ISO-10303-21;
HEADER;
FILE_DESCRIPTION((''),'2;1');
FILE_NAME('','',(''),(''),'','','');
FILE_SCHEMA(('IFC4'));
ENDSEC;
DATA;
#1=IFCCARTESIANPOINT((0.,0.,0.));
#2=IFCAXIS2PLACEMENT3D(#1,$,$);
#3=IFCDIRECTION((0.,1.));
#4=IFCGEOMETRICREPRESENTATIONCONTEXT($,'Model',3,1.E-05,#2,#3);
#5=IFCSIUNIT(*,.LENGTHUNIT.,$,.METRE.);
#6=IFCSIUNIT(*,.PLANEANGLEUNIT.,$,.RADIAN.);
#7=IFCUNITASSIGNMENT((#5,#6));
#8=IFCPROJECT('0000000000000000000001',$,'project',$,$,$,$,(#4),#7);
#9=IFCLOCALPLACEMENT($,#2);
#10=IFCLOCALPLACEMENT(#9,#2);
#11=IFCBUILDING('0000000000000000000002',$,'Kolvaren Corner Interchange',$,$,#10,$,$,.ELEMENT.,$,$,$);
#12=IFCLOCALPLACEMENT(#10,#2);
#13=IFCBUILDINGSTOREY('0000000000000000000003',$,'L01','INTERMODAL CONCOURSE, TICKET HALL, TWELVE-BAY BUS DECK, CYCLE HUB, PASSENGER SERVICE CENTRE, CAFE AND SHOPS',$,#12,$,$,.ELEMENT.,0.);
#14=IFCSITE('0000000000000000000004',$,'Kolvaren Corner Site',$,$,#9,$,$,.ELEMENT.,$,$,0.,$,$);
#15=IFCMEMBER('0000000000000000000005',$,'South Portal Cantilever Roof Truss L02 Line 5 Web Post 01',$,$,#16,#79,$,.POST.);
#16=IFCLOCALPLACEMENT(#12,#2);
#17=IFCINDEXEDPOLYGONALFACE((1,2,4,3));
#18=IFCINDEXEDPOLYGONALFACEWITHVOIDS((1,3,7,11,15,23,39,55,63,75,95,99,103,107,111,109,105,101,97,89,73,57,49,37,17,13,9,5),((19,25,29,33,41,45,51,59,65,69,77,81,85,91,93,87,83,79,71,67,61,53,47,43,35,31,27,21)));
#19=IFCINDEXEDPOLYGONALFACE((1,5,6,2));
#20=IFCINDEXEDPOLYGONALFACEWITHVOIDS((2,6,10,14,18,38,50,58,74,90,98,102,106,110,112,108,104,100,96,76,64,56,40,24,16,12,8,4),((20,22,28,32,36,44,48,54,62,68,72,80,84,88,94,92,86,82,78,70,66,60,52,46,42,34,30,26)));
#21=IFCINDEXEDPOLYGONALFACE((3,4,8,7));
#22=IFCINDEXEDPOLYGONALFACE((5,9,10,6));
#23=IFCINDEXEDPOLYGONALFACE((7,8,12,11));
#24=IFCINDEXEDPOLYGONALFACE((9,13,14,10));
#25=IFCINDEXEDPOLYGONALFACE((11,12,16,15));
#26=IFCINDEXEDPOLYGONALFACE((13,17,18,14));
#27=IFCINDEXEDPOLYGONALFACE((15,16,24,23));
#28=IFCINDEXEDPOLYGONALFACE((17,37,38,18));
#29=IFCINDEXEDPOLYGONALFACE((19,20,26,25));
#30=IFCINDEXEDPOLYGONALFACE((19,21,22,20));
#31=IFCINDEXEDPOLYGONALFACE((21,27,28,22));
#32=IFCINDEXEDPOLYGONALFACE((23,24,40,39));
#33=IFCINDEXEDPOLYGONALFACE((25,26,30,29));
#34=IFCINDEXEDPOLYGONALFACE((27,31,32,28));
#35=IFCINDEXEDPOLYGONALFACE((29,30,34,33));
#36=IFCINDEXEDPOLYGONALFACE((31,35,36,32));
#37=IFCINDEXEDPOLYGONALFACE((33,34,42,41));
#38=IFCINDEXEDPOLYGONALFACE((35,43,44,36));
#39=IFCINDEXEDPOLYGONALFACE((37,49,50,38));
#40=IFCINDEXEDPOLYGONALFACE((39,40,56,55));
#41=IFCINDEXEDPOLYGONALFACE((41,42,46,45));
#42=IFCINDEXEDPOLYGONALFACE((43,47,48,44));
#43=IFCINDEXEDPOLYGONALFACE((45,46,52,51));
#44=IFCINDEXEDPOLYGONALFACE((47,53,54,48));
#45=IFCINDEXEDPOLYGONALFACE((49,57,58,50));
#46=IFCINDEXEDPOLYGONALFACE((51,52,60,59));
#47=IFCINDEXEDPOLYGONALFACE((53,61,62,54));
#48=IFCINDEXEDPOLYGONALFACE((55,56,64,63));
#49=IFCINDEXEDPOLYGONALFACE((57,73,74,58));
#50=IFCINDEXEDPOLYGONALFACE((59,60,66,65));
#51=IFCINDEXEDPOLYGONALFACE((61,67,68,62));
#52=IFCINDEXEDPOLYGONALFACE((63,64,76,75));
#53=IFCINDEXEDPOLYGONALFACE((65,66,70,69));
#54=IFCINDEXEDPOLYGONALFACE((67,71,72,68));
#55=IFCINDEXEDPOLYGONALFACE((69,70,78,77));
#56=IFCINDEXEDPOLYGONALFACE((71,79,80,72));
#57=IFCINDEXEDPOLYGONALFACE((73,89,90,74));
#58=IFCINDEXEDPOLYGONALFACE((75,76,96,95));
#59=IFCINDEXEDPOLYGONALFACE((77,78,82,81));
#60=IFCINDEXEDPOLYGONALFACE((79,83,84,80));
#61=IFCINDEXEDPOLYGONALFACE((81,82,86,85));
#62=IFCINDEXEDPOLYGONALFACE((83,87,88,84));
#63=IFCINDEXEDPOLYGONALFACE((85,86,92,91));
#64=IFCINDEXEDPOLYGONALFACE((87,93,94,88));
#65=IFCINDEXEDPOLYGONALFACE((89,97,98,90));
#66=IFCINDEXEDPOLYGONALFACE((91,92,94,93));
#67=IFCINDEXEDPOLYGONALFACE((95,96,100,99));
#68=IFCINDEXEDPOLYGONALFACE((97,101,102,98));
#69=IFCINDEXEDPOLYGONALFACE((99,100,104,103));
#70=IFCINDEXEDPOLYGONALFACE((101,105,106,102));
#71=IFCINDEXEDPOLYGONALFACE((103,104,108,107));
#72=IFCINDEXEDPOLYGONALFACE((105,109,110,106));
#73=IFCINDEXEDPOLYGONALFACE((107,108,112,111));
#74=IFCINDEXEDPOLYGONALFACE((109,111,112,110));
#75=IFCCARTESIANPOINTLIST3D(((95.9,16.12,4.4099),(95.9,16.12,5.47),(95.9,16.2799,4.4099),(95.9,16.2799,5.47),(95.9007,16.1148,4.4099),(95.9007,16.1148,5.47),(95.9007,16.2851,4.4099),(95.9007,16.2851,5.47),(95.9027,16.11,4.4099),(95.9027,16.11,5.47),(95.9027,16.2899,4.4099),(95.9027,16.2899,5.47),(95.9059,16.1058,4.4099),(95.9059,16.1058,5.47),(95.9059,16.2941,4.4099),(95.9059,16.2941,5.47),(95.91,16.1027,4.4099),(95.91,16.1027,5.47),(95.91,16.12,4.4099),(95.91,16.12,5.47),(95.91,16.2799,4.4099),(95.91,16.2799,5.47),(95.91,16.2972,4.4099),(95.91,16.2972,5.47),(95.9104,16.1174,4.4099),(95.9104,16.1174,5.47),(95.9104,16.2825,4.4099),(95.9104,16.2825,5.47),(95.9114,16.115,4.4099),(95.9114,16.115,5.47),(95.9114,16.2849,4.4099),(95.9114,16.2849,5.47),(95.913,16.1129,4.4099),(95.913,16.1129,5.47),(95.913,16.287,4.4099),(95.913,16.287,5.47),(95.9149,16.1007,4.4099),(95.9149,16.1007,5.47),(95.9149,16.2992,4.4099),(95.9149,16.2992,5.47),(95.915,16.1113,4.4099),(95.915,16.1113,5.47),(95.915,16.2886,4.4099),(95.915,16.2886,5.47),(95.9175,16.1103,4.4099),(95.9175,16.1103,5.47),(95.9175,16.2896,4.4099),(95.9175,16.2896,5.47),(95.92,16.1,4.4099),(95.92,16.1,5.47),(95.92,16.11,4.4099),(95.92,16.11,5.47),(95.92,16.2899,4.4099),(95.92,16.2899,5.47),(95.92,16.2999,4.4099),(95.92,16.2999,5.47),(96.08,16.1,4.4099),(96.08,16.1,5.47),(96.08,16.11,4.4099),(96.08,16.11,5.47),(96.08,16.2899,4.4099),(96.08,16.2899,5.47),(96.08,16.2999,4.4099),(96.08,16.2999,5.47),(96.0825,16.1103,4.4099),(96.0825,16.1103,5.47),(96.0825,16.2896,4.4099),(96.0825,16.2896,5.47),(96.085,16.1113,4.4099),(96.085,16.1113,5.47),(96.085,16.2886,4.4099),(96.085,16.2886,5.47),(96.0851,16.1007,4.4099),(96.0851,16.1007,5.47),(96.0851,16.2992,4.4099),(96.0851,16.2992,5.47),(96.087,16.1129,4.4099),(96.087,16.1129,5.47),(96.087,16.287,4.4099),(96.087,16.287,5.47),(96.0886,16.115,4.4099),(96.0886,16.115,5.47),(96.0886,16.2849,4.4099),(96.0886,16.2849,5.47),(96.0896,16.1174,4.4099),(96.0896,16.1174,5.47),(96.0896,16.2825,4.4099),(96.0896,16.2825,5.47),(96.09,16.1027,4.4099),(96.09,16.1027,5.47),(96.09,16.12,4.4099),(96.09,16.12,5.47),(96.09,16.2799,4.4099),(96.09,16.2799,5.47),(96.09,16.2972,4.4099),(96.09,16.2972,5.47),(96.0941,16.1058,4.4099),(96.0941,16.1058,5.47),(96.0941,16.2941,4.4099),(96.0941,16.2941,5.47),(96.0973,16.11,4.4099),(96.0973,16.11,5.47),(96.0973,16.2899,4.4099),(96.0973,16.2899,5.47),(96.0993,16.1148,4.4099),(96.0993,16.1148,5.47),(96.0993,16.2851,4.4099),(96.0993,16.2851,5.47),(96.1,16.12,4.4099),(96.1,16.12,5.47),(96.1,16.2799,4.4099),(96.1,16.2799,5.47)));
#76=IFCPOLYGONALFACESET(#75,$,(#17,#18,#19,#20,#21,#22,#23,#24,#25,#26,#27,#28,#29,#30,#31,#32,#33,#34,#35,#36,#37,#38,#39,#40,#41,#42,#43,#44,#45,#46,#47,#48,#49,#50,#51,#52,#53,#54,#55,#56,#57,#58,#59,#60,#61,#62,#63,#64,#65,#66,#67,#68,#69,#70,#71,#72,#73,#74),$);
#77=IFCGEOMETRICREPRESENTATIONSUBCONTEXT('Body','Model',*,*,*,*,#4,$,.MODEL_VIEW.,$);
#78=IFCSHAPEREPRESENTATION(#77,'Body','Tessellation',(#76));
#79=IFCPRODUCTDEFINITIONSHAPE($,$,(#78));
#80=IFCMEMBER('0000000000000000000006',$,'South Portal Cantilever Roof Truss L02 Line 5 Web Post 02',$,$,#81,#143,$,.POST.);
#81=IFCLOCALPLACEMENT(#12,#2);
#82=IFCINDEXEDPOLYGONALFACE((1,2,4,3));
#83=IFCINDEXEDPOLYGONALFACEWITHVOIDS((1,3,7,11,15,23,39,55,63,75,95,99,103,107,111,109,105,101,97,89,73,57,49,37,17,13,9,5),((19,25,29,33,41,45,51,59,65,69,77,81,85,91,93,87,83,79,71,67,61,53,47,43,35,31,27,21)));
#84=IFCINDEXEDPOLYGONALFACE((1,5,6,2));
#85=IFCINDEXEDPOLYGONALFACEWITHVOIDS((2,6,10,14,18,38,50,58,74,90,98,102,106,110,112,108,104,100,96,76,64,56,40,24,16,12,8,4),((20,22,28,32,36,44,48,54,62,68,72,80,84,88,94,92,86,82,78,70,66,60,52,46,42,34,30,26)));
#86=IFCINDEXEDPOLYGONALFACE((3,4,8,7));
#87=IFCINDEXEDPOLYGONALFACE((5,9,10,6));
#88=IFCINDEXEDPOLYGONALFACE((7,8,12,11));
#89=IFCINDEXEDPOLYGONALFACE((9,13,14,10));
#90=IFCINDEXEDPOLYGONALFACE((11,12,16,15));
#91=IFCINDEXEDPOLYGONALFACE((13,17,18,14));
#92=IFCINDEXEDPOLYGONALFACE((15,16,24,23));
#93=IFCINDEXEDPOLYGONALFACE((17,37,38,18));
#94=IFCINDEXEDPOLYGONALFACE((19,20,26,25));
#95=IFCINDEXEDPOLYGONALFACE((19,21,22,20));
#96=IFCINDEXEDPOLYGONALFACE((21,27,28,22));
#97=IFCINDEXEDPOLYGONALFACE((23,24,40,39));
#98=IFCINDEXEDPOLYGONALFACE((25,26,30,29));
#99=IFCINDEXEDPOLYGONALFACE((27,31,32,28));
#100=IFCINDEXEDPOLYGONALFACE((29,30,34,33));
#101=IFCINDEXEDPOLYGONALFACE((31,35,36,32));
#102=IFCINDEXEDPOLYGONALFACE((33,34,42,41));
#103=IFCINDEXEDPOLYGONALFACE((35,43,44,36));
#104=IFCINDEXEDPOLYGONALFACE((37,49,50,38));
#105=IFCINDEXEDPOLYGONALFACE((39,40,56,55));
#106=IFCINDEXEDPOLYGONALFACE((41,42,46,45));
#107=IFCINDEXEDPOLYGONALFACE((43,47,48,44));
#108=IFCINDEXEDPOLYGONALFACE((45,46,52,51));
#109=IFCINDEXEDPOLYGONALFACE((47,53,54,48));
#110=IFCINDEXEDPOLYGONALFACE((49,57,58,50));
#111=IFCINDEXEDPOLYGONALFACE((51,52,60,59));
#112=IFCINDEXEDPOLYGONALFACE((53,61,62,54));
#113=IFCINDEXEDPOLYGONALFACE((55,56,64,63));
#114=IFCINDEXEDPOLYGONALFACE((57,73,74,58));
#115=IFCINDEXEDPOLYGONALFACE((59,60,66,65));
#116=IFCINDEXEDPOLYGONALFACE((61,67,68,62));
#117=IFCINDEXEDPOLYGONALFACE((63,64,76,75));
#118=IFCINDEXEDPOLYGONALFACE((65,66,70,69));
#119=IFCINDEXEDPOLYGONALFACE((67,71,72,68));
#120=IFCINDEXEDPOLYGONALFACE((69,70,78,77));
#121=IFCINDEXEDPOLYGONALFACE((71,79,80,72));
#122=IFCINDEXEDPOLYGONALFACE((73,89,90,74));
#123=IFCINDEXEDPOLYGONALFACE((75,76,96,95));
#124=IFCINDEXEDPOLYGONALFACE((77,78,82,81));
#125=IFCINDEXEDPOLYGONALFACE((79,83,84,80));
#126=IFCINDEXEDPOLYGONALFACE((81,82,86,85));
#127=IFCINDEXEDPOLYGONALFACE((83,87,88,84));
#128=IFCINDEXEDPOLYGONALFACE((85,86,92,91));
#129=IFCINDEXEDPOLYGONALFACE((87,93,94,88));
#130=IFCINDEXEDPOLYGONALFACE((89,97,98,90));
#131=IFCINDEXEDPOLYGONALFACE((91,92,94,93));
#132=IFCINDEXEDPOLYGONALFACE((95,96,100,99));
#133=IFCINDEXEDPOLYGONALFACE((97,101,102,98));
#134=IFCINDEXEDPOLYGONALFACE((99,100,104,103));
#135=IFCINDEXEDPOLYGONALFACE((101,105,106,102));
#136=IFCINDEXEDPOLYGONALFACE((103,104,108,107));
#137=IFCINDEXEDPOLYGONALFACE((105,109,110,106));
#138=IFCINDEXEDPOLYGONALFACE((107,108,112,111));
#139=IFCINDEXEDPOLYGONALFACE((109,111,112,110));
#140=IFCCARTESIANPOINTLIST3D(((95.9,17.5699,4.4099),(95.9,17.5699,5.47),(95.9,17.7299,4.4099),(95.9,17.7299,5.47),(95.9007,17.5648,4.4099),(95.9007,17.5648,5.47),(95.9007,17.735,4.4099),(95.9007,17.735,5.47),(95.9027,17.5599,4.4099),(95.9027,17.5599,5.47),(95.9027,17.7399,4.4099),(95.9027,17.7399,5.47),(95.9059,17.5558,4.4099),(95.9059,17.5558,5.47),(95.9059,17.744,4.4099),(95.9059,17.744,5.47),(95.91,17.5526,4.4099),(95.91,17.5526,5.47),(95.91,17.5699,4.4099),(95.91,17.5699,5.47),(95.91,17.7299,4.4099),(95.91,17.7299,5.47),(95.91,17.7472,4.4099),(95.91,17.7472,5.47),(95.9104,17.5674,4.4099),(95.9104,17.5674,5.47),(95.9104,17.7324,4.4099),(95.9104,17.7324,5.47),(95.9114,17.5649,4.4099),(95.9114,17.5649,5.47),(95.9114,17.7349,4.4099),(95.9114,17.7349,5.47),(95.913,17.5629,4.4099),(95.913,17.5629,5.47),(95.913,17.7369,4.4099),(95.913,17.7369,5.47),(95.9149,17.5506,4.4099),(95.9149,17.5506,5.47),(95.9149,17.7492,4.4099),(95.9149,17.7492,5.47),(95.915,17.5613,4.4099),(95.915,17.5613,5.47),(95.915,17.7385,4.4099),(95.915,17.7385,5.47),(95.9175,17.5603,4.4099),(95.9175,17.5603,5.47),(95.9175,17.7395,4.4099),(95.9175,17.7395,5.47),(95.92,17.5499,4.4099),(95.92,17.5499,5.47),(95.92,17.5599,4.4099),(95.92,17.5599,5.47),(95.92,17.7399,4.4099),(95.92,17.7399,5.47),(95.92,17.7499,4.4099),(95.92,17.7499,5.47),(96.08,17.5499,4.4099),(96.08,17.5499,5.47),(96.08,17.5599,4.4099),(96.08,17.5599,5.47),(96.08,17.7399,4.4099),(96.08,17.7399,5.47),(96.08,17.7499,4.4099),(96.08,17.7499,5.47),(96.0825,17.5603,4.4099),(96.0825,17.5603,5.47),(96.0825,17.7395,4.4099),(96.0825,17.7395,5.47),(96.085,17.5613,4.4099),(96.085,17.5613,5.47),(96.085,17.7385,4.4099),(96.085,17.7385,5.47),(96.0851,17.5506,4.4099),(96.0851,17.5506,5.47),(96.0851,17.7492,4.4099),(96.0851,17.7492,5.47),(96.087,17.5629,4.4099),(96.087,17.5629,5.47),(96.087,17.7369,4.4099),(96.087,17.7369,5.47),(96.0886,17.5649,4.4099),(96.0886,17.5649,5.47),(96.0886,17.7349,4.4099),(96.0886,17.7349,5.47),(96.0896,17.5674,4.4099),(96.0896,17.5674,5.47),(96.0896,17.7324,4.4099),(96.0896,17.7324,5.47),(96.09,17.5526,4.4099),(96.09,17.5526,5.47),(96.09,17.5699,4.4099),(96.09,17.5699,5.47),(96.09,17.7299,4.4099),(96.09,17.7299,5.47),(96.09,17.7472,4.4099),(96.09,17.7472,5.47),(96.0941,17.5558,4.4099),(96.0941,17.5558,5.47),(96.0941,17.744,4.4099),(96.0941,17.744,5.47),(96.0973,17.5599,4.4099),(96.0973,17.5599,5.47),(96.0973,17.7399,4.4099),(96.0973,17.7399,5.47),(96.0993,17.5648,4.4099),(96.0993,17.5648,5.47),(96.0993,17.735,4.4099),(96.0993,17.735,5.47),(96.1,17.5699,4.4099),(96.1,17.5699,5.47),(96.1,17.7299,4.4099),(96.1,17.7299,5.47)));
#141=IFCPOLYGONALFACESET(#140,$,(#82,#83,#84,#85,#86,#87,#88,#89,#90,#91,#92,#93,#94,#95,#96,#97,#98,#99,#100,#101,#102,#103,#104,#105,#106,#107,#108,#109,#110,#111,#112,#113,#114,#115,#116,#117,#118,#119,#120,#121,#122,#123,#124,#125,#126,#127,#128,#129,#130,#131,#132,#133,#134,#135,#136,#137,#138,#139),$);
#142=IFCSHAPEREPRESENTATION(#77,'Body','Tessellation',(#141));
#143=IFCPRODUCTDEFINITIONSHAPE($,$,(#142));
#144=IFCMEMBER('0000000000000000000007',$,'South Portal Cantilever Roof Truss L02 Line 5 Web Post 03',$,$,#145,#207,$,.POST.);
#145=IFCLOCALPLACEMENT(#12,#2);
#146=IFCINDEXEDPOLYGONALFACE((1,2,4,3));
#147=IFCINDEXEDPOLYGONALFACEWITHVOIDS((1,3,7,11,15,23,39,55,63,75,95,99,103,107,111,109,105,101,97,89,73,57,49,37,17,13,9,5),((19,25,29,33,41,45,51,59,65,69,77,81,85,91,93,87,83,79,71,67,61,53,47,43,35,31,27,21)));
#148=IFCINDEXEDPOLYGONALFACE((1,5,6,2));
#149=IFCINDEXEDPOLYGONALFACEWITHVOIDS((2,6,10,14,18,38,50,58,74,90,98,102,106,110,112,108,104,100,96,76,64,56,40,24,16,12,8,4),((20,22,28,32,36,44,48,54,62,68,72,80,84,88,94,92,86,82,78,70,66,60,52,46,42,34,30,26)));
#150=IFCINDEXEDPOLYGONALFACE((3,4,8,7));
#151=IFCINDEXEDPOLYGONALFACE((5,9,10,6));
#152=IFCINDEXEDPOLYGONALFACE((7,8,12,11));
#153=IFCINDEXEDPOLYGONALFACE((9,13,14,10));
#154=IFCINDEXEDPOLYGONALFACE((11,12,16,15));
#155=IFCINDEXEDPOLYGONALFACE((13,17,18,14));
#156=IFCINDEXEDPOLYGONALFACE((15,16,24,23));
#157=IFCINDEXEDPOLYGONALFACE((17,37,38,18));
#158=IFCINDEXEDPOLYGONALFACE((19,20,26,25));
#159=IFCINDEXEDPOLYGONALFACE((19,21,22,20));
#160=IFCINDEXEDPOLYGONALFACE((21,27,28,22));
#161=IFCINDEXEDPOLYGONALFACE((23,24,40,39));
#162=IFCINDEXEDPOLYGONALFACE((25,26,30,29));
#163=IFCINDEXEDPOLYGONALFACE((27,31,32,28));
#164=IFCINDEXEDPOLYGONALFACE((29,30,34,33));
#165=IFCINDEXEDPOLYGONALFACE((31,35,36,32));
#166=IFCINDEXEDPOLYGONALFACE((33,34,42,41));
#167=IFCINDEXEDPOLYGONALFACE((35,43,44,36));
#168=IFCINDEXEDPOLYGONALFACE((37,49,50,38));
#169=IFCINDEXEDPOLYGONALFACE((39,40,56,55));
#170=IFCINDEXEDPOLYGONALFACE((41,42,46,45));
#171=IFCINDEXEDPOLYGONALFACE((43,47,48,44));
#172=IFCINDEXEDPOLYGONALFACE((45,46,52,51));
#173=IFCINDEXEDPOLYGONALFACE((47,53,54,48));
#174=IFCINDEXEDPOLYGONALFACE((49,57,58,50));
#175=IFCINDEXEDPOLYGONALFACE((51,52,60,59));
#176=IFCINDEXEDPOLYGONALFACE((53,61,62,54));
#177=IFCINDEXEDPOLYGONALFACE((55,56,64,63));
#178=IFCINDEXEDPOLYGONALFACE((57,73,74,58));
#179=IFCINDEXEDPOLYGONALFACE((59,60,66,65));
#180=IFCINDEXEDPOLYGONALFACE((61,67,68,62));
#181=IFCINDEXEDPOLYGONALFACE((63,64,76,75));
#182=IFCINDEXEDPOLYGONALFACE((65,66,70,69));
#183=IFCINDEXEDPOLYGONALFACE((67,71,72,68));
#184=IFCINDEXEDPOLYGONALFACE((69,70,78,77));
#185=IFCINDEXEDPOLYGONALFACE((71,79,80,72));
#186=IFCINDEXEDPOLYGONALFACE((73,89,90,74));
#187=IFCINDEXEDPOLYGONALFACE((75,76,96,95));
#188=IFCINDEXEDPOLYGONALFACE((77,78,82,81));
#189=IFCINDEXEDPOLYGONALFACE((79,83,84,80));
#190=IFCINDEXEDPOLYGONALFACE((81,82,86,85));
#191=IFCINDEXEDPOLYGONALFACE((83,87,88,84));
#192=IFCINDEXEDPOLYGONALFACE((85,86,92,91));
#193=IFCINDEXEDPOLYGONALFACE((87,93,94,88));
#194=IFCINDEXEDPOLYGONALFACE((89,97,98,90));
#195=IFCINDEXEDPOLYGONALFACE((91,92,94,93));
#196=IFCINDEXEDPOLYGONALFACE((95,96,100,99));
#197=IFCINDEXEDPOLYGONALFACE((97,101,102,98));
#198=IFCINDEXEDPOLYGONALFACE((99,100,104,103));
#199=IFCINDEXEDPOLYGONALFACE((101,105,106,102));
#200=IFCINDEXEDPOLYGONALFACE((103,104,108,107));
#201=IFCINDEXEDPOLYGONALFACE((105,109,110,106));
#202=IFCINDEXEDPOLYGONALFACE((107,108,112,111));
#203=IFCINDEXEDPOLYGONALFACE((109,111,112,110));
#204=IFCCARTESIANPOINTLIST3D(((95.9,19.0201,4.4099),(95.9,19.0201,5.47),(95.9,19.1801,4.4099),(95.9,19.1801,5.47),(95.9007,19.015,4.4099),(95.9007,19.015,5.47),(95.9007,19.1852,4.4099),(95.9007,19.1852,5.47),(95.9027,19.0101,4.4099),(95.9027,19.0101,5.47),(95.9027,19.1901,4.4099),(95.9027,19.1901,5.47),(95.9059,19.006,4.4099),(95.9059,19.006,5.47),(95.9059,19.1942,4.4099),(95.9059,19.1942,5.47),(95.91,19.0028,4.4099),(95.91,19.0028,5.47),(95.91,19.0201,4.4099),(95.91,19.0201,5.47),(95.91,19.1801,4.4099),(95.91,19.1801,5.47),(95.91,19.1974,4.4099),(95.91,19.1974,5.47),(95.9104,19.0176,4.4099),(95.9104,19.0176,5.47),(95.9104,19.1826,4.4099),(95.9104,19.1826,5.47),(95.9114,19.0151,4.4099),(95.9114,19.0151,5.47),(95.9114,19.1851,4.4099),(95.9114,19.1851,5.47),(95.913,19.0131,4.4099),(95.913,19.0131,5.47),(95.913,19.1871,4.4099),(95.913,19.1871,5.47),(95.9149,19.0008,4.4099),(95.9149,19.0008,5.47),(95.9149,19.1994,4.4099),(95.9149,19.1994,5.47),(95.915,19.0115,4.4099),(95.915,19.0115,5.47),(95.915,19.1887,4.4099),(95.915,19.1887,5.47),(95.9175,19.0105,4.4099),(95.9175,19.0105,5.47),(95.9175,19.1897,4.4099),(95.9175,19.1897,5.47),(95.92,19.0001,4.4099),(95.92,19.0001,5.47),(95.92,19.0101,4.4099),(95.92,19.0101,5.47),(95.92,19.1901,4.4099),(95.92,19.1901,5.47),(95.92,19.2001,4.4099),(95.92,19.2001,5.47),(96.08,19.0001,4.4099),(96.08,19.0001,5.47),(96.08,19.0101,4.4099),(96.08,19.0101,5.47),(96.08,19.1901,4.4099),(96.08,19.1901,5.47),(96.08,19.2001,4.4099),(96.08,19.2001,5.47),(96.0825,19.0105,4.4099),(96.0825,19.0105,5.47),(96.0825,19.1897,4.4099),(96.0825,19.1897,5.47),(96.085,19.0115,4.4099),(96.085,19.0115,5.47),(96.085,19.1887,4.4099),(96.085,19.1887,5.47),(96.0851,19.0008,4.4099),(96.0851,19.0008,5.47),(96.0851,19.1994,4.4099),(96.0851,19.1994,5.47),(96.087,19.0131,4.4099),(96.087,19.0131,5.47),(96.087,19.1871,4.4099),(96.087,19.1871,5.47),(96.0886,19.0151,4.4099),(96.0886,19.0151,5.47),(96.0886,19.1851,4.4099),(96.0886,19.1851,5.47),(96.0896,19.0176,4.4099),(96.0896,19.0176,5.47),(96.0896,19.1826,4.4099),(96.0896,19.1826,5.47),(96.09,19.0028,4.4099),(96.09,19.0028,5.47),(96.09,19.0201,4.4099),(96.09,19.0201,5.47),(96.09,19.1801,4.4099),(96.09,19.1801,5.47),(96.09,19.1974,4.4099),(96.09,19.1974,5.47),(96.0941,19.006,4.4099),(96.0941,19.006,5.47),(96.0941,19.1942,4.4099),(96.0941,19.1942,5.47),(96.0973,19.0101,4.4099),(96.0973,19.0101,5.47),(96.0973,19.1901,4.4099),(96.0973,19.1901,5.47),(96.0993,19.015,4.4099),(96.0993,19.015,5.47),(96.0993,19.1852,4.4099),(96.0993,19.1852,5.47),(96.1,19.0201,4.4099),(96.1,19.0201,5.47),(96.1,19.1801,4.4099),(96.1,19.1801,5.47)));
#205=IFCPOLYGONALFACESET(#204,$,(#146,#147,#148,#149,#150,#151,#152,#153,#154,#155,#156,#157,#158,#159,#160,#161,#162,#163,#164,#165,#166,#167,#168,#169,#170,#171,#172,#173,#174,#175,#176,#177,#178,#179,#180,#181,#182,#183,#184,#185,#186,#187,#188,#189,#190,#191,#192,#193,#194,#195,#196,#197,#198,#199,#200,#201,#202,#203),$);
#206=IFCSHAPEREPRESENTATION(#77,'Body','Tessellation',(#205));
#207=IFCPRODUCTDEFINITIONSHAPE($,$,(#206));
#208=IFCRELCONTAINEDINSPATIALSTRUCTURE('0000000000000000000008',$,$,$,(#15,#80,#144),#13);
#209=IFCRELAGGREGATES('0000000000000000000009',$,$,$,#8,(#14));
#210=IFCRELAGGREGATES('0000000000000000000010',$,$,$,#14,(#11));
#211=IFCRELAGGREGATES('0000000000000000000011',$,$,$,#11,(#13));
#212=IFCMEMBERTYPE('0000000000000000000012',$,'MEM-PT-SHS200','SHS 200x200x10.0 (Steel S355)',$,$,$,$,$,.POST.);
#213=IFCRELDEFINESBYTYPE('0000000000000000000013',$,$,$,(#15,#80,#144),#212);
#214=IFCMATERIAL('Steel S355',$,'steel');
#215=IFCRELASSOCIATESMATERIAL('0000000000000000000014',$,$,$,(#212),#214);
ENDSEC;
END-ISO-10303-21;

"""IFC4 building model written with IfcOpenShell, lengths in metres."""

from ifc_helpers import new_model, si_unit, direction, frame, origin, origin_2d, place, context, subcontext, project, spatial, hollow_rectangle, extrude, material, material_profile, profile_set, type_object, element, save


model = new_model("IFC4")

# Units and contexts
model_context = context("Model", 3, precision=1e-05, world=origin(), true_north=direction((0.0, 1.0)))
body_context = subcontext(model_context, "Body", "Model", "MODEL_VIEW")
ifc_project = project(units=[si_unit("LENGTHUNIT", "METRE"), si_unit("PLANEANGLEUNIT", "RADIAN")], contexts=[model_context])

# Site, building, storey
site_placement = place(None, origin())
site = spatial("IfcSite", under=ifc_project, at=site_placement, Name="Kolvaren Corner Site", CompositionType="ELEMENT", RefElevation=0.0)
building_placement = place(site_placement, origin())
building = spatial("IfcBuilding", under=site, at=building_placement, Name="Kolvaren Corner Interchange", CompositionType="ELEMENT")
storey_placement = place(building_placement, origin())
storey = spatial("IfcBuildingStorey", under=building, at=storey_placement, Name="L01", Description="INTERMODAL CONCOURSE, TICKET HALL, TWELVE-BAY BUS DECK, CYCLE HUB, PASSENGER SERVICE CENTRE, CAFE AND SHOPS", CompositionType="ELEMENT", Elevation=0.0)

# Members
ifc_material_1 = material(Name="Steel S355", Category="steel")
ifc_material_profile_1 = material_profile(ifc_material_1, hollow_rectangle(XDim=0.2, YDim=0.2, WallThickness=0.01, InnerFilletRadius=0.01, OuterFilletRadius=0.02, at=origin_2d()), Name="SHS 200x200x10.0")
ifc_profile_set_1 = profile_set([ifc_material_profile_1], Name="Steel S355")
member_type_1 = type_object("IfcMemberType", Name="MEM-PT-SHS200", Description="SHS 200x200x10.0 (Steel S355)", PredefinedType="POST", material=ifc_profile_set_1)
for number, where, z_axis, x_axis, name in (
    (1, (96.0, 16.2, 4.4099), (0.0, 0.0, 1.0), (1.0, 0.0, 0.0), "South Portal Cantilever Roof Truss L02 Line 5 Web Post 01"),
    (2, (96.0, 17.6499, 4.4099), (0.0, 0.0, 1.0), (1.0, 0.0, 0.0), "South Portal Cantilever Roof Truss L02 Line 5 Web Post 02"),
    (3, (96.0, 19.1001, 4.4099), (0.0, 0.0, 1.0), (1.0, 0.0, 0.0), "South Portal Cantilever Roof Truss L02 Line 5 Web Post 03"),
):
    element("IfcMember", number, at=place(storey_placement, frame(where, z_axis=z_axis, x_axis=x_axis)), inside=storey, type_object=member_type_1, Name=name, PredefinedType="POST", context=body_context, shape_type="SweptSolid", body=[
        extrude(hollow_rectangle(XDim=0.2, YDim=0.2, WallThickness=0.01, InnerFilletRadius=0.01, OuterFilletRadius=0.02, at=origin_2d()), origin(), (0.0, 0.0, 1.0), 1.0601),
    ])

save(model, "model.ifc")
